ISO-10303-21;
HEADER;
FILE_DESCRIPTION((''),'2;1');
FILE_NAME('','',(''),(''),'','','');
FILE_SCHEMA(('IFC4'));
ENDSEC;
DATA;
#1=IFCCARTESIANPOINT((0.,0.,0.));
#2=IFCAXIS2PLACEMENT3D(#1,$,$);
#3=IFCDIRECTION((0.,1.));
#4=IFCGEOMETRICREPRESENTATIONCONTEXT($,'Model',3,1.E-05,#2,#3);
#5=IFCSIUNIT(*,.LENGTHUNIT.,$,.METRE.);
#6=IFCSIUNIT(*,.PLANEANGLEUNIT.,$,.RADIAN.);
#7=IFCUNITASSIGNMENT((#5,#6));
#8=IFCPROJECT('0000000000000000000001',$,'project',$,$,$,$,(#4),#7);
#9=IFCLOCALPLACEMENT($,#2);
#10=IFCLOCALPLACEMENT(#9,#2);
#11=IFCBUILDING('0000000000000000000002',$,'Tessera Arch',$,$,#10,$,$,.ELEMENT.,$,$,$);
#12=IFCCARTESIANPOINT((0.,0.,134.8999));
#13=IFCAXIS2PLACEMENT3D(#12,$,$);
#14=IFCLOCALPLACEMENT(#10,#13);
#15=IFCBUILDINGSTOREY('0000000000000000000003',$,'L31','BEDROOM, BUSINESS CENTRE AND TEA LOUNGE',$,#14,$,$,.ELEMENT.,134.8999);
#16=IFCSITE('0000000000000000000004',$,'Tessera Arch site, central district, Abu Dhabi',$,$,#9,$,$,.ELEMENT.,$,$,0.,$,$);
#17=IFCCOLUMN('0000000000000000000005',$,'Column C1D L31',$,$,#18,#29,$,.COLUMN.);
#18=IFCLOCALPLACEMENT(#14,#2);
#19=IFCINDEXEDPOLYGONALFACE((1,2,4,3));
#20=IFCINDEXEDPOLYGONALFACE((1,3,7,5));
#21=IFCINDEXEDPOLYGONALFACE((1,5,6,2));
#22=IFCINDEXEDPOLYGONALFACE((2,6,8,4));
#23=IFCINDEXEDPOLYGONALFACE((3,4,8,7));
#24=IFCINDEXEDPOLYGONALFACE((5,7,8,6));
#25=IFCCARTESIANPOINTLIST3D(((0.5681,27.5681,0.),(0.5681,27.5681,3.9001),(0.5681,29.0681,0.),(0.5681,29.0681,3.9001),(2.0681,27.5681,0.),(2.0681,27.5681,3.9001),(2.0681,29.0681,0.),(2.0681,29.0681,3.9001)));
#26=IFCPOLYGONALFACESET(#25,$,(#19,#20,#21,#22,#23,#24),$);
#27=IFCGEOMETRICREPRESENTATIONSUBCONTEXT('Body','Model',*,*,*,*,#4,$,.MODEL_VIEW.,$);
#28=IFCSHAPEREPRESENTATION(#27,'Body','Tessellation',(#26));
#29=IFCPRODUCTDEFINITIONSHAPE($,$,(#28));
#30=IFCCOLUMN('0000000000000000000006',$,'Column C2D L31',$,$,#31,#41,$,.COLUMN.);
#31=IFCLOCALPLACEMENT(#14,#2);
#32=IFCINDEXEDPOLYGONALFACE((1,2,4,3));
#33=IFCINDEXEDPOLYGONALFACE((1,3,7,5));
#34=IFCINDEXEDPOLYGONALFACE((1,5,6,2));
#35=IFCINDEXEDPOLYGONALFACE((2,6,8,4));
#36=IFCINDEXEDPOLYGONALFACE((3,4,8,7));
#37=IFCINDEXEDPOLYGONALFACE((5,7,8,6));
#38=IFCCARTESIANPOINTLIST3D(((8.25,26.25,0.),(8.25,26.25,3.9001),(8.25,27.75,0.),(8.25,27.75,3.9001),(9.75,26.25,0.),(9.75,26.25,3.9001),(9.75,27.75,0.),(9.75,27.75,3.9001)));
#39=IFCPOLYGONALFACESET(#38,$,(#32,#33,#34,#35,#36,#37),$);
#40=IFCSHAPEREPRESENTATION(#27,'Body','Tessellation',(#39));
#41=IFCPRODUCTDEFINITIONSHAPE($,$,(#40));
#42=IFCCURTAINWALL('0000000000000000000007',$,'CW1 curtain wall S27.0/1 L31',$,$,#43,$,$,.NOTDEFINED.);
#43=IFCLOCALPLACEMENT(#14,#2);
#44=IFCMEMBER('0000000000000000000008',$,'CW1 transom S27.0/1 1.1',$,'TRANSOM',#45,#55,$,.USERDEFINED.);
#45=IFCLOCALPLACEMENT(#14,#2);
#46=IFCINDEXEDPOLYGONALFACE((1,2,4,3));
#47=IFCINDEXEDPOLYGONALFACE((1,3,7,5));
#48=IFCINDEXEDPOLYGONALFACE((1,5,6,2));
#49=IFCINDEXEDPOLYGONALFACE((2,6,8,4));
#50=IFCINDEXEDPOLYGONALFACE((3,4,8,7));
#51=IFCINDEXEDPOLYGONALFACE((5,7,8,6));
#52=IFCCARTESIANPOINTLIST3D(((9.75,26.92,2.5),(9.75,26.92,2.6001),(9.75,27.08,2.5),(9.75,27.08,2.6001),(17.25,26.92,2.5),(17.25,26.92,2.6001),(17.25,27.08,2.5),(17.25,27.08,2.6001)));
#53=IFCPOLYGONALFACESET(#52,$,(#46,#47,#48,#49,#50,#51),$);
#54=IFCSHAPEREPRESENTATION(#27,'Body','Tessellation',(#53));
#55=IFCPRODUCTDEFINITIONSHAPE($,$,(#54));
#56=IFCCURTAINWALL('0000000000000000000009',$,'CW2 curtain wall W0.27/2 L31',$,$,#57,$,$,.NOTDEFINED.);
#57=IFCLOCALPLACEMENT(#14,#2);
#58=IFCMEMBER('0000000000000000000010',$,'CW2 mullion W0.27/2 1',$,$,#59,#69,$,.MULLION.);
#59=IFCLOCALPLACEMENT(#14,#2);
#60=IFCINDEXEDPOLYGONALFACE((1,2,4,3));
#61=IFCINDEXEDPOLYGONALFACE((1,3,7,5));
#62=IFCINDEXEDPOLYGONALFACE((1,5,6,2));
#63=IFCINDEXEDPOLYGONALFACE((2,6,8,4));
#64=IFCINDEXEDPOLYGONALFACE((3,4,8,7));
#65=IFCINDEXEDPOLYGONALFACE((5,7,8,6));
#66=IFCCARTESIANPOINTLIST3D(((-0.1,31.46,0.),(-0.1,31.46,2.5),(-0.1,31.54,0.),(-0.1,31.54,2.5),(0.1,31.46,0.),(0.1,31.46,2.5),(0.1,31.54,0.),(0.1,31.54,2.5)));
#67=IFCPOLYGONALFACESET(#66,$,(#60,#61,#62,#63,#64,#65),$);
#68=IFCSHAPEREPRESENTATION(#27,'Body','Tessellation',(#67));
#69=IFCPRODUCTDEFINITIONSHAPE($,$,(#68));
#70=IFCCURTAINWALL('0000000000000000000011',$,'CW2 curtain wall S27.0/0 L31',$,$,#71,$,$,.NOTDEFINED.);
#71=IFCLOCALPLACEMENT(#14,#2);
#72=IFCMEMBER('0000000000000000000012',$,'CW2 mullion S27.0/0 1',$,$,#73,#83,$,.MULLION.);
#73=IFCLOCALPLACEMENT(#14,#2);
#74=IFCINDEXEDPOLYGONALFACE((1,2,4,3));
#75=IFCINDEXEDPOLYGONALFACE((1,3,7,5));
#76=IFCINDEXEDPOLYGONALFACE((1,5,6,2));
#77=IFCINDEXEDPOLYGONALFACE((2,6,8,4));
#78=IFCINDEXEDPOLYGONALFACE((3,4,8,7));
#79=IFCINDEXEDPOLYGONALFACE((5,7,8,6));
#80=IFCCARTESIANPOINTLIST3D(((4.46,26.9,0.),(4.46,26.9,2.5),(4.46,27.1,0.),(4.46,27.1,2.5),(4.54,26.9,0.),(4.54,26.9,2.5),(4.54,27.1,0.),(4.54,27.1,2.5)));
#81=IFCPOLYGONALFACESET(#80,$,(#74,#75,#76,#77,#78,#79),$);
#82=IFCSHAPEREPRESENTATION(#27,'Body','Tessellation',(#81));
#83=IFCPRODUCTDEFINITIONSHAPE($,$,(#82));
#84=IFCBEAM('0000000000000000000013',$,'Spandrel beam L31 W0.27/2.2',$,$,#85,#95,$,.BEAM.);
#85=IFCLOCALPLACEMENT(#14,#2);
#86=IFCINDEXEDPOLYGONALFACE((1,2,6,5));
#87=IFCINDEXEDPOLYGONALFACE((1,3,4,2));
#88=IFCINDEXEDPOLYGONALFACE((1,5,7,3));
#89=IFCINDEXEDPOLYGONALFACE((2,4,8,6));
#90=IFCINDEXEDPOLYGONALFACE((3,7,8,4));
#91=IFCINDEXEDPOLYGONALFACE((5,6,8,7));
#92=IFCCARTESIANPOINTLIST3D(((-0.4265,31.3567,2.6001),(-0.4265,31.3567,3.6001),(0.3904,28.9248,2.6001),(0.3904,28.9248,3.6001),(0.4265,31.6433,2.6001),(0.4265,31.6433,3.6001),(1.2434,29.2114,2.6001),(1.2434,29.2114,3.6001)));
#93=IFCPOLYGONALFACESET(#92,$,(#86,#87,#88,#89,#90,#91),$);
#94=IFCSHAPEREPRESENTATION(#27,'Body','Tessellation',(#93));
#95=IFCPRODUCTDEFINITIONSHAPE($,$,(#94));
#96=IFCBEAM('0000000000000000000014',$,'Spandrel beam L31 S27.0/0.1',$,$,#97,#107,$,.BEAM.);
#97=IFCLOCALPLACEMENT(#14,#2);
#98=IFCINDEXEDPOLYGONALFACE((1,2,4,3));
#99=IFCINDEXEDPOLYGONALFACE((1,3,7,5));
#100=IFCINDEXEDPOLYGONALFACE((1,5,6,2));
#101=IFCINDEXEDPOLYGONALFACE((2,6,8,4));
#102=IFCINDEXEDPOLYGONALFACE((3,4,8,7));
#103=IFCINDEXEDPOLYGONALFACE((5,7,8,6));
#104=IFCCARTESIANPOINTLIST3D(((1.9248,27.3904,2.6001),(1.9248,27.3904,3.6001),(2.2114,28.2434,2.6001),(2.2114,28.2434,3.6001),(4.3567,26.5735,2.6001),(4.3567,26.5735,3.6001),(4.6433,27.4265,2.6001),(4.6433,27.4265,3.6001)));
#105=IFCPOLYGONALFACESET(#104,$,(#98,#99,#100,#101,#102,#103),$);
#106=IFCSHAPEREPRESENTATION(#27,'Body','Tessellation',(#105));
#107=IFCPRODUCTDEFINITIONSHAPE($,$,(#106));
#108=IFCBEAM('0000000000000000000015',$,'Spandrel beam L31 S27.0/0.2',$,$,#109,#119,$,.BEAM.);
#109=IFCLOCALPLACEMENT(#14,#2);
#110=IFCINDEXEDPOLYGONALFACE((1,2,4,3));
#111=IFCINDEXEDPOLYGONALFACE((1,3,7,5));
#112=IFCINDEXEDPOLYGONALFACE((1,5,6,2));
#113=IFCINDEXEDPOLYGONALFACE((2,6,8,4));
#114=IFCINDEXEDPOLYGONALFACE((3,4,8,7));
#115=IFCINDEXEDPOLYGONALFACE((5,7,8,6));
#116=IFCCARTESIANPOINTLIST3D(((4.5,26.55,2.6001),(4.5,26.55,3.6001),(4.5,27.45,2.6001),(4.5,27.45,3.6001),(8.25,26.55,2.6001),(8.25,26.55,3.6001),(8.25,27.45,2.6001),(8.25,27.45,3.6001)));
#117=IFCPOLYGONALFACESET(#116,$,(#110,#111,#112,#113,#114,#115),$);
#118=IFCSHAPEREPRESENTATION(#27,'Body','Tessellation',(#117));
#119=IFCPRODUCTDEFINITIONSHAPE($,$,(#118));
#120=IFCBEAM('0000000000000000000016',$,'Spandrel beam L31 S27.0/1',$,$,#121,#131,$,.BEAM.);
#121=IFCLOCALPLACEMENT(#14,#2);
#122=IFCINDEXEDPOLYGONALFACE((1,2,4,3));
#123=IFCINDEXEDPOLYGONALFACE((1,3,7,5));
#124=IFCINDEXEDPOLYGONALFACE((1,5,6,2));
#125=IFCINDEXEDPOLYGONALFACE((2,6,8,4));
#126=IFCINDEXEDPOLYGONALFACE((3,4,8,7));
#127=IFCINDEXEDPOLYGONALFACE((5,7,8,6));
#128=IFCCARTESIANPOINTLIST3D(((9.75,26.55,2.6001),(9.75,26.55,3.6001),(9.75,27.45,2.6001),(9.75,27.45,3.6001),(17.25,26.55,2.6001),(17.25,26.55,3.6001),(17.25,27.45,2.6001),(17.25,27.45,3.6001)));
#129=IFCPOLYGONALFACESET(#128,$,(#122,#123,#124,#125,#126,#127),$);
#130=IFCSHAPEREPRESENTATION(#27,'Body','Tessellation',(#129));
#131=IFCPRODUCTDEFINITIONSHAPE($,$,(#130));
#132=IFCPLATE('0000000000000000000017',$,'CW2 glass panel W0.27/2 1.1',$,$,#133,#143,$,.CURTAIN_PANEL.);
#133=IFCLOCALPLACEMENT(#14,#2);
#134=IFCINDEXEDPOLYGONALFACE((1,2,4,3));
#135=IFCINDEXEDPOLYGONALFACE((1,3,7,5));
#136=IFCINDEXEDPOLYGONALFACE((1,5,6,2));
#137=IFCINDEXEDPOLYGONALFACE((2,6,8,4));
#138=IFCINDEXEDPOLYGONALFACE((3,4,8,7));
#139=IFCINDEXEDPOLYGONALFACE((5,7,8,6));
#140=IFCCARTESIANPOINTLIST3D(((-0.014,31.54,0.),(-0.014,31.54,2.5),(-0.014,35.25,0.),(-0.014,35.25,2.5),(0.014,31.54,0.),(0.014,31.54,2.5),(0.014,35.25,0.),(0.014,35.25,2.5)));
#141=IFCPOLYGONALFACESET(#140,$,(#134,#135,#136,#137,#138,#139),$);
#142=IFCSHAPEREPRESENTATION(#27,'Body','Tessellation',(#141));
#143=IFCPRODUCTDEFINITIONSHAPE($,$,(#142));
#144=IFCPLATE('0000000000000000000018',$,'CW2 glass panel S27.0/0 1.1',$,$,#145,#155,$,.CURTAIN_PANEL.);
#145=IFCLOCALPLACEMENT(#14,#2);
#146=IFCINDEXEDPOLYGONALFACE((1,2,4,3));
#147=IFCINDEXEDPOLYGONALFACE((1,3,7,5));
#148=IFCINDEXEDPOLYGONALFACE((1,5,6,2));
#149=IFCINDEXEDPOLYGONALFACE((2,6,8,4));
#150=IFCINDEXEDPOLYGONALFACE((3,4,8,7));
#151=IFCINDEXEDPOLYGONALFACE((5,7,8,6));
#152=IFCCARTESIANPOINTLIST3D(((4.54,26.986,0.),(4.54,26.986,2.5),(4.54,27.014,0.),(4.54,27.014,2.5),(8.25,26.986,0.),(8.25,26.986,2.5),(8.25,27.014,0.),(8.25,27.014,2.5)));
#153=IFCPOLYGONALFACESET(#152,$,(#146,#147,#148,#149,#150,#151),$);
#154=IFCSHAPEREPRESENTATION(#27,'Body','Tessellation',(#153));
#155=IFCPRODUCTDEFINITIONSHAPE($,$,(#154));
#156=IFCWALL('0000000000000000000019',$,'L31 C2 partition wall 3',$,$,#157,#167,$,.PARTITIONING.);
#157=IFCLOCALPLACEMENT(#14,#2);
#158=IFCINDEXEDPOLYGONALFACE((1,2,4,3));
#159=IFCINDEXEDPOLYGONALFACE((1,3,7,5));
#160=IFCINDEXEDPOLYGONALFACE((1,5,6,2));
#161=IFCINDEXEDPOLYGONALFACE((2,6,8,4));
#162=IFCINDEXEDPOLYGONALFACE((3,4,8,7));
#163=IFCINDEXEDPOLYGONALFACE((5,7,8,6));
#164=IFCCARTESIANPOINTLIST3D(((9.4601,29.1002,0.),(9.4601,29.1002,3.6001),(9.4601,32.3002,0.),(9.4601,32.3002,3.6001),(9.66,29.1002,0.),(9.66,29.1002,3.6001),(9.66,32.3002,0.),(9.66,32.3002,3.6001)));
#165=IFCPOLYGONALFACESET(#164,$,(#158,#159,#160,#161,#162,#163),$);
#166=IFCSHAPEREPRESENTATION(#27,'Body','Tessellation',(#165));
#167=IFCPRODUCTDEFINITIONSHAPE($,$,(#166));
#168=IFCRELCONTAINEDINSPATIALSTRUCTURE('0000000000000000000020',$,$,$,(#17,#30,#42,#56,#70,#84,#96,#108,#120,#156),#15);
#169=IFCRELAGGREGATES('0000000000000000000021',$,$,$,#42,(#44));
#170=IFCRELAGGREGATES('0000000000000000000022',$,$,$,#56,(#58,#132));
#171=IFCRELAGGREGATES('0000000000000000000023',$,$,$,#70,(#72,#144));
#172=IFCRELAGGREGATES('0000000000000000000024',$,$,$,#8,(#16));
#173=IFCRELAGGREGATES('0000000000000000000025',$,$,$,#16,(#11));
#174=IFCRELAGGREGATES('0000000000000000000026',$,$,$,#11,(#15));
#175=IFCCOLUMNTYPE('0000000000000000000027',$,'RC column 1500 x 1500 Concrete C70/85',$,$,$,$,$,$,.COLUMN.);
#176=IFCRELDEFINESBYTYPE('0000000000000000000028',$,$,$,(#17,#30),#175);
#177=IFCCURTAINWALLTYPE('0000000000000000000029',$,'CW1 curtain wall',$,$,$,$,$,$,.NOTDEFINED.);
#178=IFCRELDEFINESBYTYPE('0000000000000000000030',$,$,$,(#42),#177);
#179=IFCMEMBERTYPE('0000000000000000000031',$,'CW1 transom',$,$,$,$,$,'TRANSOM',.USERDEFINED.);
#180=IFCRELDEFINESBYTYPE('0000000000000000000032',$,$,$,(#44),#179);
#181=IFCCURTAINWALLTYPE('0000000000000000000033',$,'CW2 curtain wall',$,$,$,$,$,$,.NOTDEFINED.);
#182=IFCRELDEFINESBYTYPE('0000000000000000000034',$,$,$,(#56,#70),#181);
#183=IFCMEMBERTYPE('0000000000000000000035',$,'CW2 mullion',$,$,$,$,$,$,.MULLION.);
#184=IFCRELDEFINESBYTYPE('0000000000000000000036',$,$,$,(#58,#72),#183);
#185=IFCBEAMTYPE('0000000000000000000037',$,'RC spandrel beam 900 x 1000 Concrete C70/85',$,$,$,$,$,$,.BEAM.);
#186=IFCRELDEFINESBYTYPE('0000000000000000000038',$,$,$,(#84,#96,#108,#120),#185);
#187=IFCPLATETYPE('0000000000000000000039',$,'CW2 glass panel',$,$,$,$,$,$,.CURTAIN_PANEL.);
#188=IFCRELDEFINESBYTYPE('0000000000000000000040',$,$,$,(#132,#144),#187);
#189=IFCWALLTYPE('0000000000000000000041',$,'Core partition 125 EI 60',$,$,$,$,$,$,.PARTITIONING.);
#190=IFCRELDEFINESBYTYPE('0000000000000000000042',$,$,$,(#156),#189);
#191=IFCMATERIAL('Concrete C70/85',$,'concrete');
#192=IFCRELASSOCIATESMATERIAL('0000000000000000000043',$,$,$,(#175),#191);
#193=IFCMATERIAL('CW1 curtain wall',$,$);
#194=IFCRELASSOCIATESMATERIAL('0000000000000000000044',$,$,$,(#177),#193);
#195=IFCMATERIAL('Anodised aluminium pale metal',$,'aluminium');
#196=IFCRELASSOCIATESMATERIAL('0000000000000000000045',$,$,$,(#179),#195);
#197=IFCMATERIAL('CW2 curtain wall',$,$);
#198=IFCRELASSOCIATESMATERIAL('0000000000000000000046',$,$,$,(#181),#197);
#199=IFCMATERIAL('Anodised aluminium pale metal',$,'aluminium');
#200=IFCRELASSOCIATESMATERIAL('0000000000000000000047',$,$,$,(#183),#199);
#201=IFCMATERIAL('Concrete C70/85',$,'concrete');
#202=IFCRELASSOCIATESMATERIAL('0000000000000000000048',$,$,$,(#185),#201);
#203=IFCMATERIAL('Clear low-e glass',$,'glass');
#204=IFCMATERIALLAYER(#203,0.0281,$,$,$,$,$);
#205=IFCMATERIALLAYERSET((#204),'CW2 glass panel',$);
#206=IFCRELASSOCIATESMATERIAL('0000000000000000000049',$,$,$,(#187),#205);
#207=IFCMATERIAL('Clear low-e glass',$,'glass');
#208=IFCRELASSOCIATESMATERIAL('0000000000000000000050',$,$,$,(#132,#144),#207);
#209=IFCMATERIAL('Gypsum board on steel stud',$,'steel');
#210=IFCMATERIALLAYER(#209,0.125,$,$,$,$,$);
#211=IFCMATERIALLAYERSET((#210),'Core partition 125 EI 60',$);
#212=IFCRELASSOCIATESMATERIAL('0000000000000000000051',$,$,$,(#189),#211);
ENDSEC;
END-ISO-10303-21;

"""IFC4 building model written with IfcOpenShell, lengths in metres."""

from ifc_helpers import new_model, si_unit, direction, frame, frame_2d, origin, origin_2d, place, context, subcontext, project, spatial, rectangle, extrude, material, layer, layer_set, material_profile, profile_set, type_object, element, aggregate, save


model = new_model("IFC4")

# Units and contexts
model_context = context("Model", 3, precision=1e-05, world=origin(), true_north=direction((0.0, 1.0)))
body_context = subcontext(model_context, "Body", "Model", "MODEL_VIEW")
ifc_project = project(units=[si_unit("LENGTHUNIT", "METRE"), si_unit("PLANEANGLEUNIT", "RADIAN")], contexts=[model_context])

# Site, building, storey
site_placement = place(None, origin())
site = spatial("IfcSite", under=ifc_project, at=site_placement, Name="Tessera Arch site, central district, Abu Dhabi", CompositionType="ELEMENT", RefElevation=0.0)
building_placement = place(site_placement, origin())
building = spatial("IfcBuilding", under=site, at=building_placement, Name="Tessera Arch", CompositionType="ELEMENT")
storey_placement = place(building_placement, frame((0.0, 0.0, 134.8999)))
storey = spatial("IfcBuildingStorey", under=building, at=storey_placement, Name="L31", Description="BEDROOM, BUSINESS CENTRE AND TEA LOUNGE", CompositionType="ELEMENT", Elevation=134.8999)

# Columns
ifc_material_1 = material(Name="Concrete C70/85", Category="concrete")
ifc_material_profile_1 = material_profile(ifc_material_1, rectangle(XDim=1.5, YDim=1.5, at=origin_2d()), Name="RC column 1500 x 1500 Concrete C70/85")
ifc_profile_set_1 = profile_set([ifc_material_profile_1], Name="Concrete C70/85")
column_type = type_object("IfcColumnType", Name="RC column 1500 x 1500 Concrete C70/85", PredefinedType="COLUMN", material=ifc_profile_set_1)
for number, where, z_axis, x_axis, name in (
    (1, (1.3181, 28.3181, 0.0), (0.0, 0.0, 1.0), (1.0, 0.0, 0.0), "Column C1D L31"),
    (2, (9.0, 27.0, 0.0), (0.0, 0.0, 1.0), (1.0, 0.0, 0.0), "Column C2D L31"),
):
    element("IfcColumn", number, at=place(storey_placement, frame(where, z_axis=z_axis, x_axis=x_axis)), inside=storey, type_object=column_type, Name=name, PredefinedType="COLUMN", context=body_context, shape_type="SweptSolid", body=[
        extrude(rectangle(XDim=1.5, YDim=1.5, at=origin_2d()), origin(), (0.0, 0.0, 1.0), 3.9001),
    ])

# Curtain walls, members
ifc_material_2 = material(Name="CW1 curtain wall")
curtain_wall_type_1 = type_object("IfcCurtainWallType", Name="CW1 curtain wall", PredefinedType="NOTDEFINED", material=ifc_material_2)
curtain_wall_1_placement = place(storey_placement, origin())
curtain_wall_1 = element("IfcCurtainWall", 3, at=curtain_wall_1_placement, inside=storey, type_object=curtain_wall_type_1, Name="CW1 curtain wall S27.0/1 L31", PredefinedType="NOTDEFINED")
ifc_material_3 = material(Name="Anodised aluminium pale metal", Category="aluminium")
ifc_material_profile_2 = material_profile(ifc_material_3, rectangle(XDim=0.1599, YDim=0.1001, at=origin_2d()), Name="AL 160x100")
ifc_profile_set_2 = profile_set([ifc_material_profile_2], Name="Anodised aluminium pale metal")
member_type_1 = type_object("IfcMemberType", Name="CW1 transom", ElementType="TRANSOM", PredefinedType="USERDEFINED", material=ifc_profile_set_2)
member_1_placement = place(storey_placement, frame((9.75, 27.0, 2.55), z_axis=(1.0, 0.0, 0.0), x_axis=(0.0, 1.0, 0.0)))
member_1 = element("IfcMember", 4, at=member_1_placement, type_object=member_type_1, Name="CW1 transom S27.0/1 1.1", ObjectType="TRANSOM", PredefinedType="USERDEFINED", context=body_context, shape_type="SweptSolid", body=[
    extrude(rectangle(XDim=0.1599, YDim=0.1001, at=origin_2d()), origin(), (0.0, 0.0, 1.0), 7.5),
])
aggregate(curtain_wall_1, [member_1])
ifc_material_4 = material(Name="CW2 curtain wall")
curtain_wall_type_2 = type_object("IfcCurtainWallType", Name="CW2 curtain wall", PredefinedType="NOTDEFINED", material=ifc_material_4)
curtain_wall_2_placement = place(storey_placement, origin())
curtain_wall_2 = element("IfcCurtainWall", 5, at=curtain_wall_2_placement, inside=storey, type_object=curtain_wall_type_2, Name="CW2 curtain wall W0.27/2 L31", PredefinedType="NOTDEFINED")
ifc_material_5 = material(Name="Anodised aluminium pale metal", Category="aluminium")
ifc_material_profile_3 = material_profile(ifc_material_5, rectangle(XDim=0.2, YDim=0.0801, at=origin_2d()), Name="AL 80x200")
ifc_profile_set_3 = profile_set([ifc_material_profile_3], Name="Anodised aluminium pale metal")
member_type_2 = type_object("IfcMemberType", Name="CW2 mullion", PredefinedType="MULLION", material=ifc_profile_set_3)
member_2_placement = place(storey_placement, frame((0.0, 31.5, 0.0), z_axis=(0.0, 0.0, 1.0), x_axis=(1.0, 0.0, 0.0)))
member_2 = element("IfcMember", 6, at=member_2_placement, type_object=member_type_2, Name="CW2 mullion W0.27/2 1", PredefinedType="MULLION", context=body_context, shape_type="SweptSolid", body=[
    extrude(rectangle(XDim=0.2, YDim=0.0801, at=origin_2d()), origin(), (0.0, 0.0, 1.0), 2.5),
])
curtain_wall_3_placement = place(storey_placement, origin())
curtain_wall_3 = element("IfcCurtainWall", 7, at=curtain_wall_3_placement, inside=storey, type_object=curtain_wall_type_2, Name="CW2 curtain wall S27.0/0 L31", PredefinedType="NOTDEFINED")
member_3_placement = place(storey_placement, frame((4.5, 27.0, 0.0), z_axis=(0.0, 0.0, 1.0), x_axis=(0.0, 1.0, 0.0)))
member_3 = element("IfcMember", 8, at=member_3_placement, type_object=member_type_2, Name="CW2 mullion S27.0/0 1", PredefinedType="MULLION", context=body_context, shape_type="SweptSolid", body=[
    extrude(rectangle(XDim=0.2, YDim=0.0801, at=origin_2d()), origin(), (0.0, 0.0, 1.0), 2.5),
])

# Beams
ifc_material_6 = material(Name="Concrete C70/85", Category="concrete")
ifc_material_profile_4 = material_profile(ifc_material_6, rectangle(XDim=0.8999, YDim=1.0, at=origin_2d()), Name="RC spandrel beam 900 x 1000 Concrete C70/85")
ifc_profile_set_4 = profile_set([ifc_material_profile_4], Name="Concrete C70/85")
beam_type = type_object("IfcBeamType", Name="RC spandrel beam 900 x 1000 Concrete C70/85", PredefinedType="BEAM", material=ifc_profile_set_4)
for number, where, z_axis, x_axis, name in (
    (9, (0.0, 31.5, 3.1001), (0.318425, -0.947948, 0.0), (0.947948, 0.318425, 0.0), "Spandrel beam L31 W0.27/2.2"),
    (10, (2.0681, 27.8169, 3.1001), (0.947948, -0.318425, 0.0), (0.318425, 0.947948, 0.0), "Spandrel beam L31 S27.0/0.1"),
):
    element("IfcBeam", number, at=place(storey_placement, frame(where, z_axis=z_axis, x_axis=x_axis)), inside=storey, type_object=beam_type, Name=name, PredefinedType="BEAM", context=body_context, shape_type="SweptSolid", body=[
        extrude(rectangle(XDim=0.8999, YDim=1.0, at=origin_2d()), origin(), (0.0, 0.0, 1.0), 2.5654),
    ])
beam_1_placement = place(storey_placement, frame((4.5, 27.0, 3.1001), z_axis=(1.0, 0.0, 0.0), x_axis=(0.0, 1.0, 0.0)))
element("IfcBeam", 11, at=beam_1_placement, inside=storey, type_object=beam_type, Name="Spandrel beam L31 S27.0/0.2", PredefinedType="BEAM", context=body_context, shape_type="SweptSolid", body=[
    extrude(rectangle(XDim=0.8999, YDim=1.0, at=origin_2d()), origin(), (0.0, 0.0, 1.0), 3.75),
])
beam_2_placement = place(storey_placement, frame((9.75, 27.0, 3.1001), z_axis=(1.0, 0.0, 0.0), x_axis=(0.0, 1.0, 0.0)))
element("IfcBeam", 12, at=beam_2_placement, inside=storey, type_object=beam_type, Name="Spandrel beam L31 S27.0/1", PredefinedType="BEAM", context=body_context, shape_type="SweptSolid", body=[
    extrude(rectangle(XDim=0.8999, YDim=1.0, at=origin_2d()), origin(), (0.0, 0.0, 1.0), 7.5),
])

# Plates
ifc_material_7 = material(Name="Clear low-e glass", Category="glass")
ifc_material_8 = material(Name="Clear low-e glass", Category="glass")
ifc_layer_1 = layer(ifc_material_8, 0.0281)
ifc_layer_set_1 = layer_set([ifc_layer_1], Name="CW2 glass panel")
plate_type = type_object("IfcPlateType", Name="CW2 glass panel", PredefinedType="CURTAIN_PANEL", material=ifc_layer_set_1)
plate_1_placement = place(storey_placement, frame((0.0, 33.395, 0.0), z_axis=(0.0, 0.0, 1.0), x_axis=(0.0, -1.0, 0.0)))
plate_1 = element("IfcPlate", 13, at=plate_1_placement, type_object=plate_type, material=ifc_material_7, Name="CW2 glass panel W0.27/2 1.1", PredefinedType="CURTAIN_PANEL", context=body_context, shape_type="SweptSolid", body=[
    extrude(rectangle(XDim=3.71, YDim=0.0281, at=origin_2d()), origin(), (0.0, 0.0, 1.0), 2.5),
])
aggregate(curtain_wall_2, [member_2, plate_1])
plate_2_placement = place(storey_placement, frame((6.395, 27.0, 0.0), z_axis=(0.0, 0.0, 1.0), x_axis=(1.0, 0.0, 0.0)))
plate_2 = element("IfcPlate", 14, at=plate_2_placement, type_object=plate_type, material=ifc_material_7, Name="CW2 glass panel S27.0/0 1.1", PredefinedType="CURTAIN_PANEL", context=body_context, shape_type="SweptSolid", body=[
    extrude(rectangle(XDim=3.71, YDim=0.0281, at=origin_2d()), origin(), (0.0, 0.0, 1.0), 2.5),
])
aggregate(curtain_wall_3, [member_3, plate_2])

# Wall
ifc_material_9 = material(Name="Gypsum board on steel stud", Category="steel")
ifc_layer_2 = layer(ifc_material_9, 0.125)
ifc_layer_set_2 = layer_set([ifc_layer_2], Name="Core partition 125 EI 60")
wall_type_1 = type_object("IfcWallType", Name="Core partition 125 EI 60", PredefinedType="PARTITIONING", material=ifc_layer_set_2)
wall_1_placement = place(storey_placement, frame((9.5601, 29.1001, 0.0), z_axis=(0.0, 0.0, 1.0), x_axis=(0.0, 1.0, 0.0)))
element("IfcWall", 15, at=wall_1_placement, inside=storey, type_object=wall_type_1, Name="L31 C2 partition wall 3", PredefinedType="PARTITIONING", context=body_context, shape_type="SweptSolid", body=[
    extrude(rectangle(XDim=3.2, YDim=0.2, at=frame_2d((1.6001, 0.0))), origin(), (0.0, 0.0, 1.0), 3.6001),
])

save(model, "model.ifc")
